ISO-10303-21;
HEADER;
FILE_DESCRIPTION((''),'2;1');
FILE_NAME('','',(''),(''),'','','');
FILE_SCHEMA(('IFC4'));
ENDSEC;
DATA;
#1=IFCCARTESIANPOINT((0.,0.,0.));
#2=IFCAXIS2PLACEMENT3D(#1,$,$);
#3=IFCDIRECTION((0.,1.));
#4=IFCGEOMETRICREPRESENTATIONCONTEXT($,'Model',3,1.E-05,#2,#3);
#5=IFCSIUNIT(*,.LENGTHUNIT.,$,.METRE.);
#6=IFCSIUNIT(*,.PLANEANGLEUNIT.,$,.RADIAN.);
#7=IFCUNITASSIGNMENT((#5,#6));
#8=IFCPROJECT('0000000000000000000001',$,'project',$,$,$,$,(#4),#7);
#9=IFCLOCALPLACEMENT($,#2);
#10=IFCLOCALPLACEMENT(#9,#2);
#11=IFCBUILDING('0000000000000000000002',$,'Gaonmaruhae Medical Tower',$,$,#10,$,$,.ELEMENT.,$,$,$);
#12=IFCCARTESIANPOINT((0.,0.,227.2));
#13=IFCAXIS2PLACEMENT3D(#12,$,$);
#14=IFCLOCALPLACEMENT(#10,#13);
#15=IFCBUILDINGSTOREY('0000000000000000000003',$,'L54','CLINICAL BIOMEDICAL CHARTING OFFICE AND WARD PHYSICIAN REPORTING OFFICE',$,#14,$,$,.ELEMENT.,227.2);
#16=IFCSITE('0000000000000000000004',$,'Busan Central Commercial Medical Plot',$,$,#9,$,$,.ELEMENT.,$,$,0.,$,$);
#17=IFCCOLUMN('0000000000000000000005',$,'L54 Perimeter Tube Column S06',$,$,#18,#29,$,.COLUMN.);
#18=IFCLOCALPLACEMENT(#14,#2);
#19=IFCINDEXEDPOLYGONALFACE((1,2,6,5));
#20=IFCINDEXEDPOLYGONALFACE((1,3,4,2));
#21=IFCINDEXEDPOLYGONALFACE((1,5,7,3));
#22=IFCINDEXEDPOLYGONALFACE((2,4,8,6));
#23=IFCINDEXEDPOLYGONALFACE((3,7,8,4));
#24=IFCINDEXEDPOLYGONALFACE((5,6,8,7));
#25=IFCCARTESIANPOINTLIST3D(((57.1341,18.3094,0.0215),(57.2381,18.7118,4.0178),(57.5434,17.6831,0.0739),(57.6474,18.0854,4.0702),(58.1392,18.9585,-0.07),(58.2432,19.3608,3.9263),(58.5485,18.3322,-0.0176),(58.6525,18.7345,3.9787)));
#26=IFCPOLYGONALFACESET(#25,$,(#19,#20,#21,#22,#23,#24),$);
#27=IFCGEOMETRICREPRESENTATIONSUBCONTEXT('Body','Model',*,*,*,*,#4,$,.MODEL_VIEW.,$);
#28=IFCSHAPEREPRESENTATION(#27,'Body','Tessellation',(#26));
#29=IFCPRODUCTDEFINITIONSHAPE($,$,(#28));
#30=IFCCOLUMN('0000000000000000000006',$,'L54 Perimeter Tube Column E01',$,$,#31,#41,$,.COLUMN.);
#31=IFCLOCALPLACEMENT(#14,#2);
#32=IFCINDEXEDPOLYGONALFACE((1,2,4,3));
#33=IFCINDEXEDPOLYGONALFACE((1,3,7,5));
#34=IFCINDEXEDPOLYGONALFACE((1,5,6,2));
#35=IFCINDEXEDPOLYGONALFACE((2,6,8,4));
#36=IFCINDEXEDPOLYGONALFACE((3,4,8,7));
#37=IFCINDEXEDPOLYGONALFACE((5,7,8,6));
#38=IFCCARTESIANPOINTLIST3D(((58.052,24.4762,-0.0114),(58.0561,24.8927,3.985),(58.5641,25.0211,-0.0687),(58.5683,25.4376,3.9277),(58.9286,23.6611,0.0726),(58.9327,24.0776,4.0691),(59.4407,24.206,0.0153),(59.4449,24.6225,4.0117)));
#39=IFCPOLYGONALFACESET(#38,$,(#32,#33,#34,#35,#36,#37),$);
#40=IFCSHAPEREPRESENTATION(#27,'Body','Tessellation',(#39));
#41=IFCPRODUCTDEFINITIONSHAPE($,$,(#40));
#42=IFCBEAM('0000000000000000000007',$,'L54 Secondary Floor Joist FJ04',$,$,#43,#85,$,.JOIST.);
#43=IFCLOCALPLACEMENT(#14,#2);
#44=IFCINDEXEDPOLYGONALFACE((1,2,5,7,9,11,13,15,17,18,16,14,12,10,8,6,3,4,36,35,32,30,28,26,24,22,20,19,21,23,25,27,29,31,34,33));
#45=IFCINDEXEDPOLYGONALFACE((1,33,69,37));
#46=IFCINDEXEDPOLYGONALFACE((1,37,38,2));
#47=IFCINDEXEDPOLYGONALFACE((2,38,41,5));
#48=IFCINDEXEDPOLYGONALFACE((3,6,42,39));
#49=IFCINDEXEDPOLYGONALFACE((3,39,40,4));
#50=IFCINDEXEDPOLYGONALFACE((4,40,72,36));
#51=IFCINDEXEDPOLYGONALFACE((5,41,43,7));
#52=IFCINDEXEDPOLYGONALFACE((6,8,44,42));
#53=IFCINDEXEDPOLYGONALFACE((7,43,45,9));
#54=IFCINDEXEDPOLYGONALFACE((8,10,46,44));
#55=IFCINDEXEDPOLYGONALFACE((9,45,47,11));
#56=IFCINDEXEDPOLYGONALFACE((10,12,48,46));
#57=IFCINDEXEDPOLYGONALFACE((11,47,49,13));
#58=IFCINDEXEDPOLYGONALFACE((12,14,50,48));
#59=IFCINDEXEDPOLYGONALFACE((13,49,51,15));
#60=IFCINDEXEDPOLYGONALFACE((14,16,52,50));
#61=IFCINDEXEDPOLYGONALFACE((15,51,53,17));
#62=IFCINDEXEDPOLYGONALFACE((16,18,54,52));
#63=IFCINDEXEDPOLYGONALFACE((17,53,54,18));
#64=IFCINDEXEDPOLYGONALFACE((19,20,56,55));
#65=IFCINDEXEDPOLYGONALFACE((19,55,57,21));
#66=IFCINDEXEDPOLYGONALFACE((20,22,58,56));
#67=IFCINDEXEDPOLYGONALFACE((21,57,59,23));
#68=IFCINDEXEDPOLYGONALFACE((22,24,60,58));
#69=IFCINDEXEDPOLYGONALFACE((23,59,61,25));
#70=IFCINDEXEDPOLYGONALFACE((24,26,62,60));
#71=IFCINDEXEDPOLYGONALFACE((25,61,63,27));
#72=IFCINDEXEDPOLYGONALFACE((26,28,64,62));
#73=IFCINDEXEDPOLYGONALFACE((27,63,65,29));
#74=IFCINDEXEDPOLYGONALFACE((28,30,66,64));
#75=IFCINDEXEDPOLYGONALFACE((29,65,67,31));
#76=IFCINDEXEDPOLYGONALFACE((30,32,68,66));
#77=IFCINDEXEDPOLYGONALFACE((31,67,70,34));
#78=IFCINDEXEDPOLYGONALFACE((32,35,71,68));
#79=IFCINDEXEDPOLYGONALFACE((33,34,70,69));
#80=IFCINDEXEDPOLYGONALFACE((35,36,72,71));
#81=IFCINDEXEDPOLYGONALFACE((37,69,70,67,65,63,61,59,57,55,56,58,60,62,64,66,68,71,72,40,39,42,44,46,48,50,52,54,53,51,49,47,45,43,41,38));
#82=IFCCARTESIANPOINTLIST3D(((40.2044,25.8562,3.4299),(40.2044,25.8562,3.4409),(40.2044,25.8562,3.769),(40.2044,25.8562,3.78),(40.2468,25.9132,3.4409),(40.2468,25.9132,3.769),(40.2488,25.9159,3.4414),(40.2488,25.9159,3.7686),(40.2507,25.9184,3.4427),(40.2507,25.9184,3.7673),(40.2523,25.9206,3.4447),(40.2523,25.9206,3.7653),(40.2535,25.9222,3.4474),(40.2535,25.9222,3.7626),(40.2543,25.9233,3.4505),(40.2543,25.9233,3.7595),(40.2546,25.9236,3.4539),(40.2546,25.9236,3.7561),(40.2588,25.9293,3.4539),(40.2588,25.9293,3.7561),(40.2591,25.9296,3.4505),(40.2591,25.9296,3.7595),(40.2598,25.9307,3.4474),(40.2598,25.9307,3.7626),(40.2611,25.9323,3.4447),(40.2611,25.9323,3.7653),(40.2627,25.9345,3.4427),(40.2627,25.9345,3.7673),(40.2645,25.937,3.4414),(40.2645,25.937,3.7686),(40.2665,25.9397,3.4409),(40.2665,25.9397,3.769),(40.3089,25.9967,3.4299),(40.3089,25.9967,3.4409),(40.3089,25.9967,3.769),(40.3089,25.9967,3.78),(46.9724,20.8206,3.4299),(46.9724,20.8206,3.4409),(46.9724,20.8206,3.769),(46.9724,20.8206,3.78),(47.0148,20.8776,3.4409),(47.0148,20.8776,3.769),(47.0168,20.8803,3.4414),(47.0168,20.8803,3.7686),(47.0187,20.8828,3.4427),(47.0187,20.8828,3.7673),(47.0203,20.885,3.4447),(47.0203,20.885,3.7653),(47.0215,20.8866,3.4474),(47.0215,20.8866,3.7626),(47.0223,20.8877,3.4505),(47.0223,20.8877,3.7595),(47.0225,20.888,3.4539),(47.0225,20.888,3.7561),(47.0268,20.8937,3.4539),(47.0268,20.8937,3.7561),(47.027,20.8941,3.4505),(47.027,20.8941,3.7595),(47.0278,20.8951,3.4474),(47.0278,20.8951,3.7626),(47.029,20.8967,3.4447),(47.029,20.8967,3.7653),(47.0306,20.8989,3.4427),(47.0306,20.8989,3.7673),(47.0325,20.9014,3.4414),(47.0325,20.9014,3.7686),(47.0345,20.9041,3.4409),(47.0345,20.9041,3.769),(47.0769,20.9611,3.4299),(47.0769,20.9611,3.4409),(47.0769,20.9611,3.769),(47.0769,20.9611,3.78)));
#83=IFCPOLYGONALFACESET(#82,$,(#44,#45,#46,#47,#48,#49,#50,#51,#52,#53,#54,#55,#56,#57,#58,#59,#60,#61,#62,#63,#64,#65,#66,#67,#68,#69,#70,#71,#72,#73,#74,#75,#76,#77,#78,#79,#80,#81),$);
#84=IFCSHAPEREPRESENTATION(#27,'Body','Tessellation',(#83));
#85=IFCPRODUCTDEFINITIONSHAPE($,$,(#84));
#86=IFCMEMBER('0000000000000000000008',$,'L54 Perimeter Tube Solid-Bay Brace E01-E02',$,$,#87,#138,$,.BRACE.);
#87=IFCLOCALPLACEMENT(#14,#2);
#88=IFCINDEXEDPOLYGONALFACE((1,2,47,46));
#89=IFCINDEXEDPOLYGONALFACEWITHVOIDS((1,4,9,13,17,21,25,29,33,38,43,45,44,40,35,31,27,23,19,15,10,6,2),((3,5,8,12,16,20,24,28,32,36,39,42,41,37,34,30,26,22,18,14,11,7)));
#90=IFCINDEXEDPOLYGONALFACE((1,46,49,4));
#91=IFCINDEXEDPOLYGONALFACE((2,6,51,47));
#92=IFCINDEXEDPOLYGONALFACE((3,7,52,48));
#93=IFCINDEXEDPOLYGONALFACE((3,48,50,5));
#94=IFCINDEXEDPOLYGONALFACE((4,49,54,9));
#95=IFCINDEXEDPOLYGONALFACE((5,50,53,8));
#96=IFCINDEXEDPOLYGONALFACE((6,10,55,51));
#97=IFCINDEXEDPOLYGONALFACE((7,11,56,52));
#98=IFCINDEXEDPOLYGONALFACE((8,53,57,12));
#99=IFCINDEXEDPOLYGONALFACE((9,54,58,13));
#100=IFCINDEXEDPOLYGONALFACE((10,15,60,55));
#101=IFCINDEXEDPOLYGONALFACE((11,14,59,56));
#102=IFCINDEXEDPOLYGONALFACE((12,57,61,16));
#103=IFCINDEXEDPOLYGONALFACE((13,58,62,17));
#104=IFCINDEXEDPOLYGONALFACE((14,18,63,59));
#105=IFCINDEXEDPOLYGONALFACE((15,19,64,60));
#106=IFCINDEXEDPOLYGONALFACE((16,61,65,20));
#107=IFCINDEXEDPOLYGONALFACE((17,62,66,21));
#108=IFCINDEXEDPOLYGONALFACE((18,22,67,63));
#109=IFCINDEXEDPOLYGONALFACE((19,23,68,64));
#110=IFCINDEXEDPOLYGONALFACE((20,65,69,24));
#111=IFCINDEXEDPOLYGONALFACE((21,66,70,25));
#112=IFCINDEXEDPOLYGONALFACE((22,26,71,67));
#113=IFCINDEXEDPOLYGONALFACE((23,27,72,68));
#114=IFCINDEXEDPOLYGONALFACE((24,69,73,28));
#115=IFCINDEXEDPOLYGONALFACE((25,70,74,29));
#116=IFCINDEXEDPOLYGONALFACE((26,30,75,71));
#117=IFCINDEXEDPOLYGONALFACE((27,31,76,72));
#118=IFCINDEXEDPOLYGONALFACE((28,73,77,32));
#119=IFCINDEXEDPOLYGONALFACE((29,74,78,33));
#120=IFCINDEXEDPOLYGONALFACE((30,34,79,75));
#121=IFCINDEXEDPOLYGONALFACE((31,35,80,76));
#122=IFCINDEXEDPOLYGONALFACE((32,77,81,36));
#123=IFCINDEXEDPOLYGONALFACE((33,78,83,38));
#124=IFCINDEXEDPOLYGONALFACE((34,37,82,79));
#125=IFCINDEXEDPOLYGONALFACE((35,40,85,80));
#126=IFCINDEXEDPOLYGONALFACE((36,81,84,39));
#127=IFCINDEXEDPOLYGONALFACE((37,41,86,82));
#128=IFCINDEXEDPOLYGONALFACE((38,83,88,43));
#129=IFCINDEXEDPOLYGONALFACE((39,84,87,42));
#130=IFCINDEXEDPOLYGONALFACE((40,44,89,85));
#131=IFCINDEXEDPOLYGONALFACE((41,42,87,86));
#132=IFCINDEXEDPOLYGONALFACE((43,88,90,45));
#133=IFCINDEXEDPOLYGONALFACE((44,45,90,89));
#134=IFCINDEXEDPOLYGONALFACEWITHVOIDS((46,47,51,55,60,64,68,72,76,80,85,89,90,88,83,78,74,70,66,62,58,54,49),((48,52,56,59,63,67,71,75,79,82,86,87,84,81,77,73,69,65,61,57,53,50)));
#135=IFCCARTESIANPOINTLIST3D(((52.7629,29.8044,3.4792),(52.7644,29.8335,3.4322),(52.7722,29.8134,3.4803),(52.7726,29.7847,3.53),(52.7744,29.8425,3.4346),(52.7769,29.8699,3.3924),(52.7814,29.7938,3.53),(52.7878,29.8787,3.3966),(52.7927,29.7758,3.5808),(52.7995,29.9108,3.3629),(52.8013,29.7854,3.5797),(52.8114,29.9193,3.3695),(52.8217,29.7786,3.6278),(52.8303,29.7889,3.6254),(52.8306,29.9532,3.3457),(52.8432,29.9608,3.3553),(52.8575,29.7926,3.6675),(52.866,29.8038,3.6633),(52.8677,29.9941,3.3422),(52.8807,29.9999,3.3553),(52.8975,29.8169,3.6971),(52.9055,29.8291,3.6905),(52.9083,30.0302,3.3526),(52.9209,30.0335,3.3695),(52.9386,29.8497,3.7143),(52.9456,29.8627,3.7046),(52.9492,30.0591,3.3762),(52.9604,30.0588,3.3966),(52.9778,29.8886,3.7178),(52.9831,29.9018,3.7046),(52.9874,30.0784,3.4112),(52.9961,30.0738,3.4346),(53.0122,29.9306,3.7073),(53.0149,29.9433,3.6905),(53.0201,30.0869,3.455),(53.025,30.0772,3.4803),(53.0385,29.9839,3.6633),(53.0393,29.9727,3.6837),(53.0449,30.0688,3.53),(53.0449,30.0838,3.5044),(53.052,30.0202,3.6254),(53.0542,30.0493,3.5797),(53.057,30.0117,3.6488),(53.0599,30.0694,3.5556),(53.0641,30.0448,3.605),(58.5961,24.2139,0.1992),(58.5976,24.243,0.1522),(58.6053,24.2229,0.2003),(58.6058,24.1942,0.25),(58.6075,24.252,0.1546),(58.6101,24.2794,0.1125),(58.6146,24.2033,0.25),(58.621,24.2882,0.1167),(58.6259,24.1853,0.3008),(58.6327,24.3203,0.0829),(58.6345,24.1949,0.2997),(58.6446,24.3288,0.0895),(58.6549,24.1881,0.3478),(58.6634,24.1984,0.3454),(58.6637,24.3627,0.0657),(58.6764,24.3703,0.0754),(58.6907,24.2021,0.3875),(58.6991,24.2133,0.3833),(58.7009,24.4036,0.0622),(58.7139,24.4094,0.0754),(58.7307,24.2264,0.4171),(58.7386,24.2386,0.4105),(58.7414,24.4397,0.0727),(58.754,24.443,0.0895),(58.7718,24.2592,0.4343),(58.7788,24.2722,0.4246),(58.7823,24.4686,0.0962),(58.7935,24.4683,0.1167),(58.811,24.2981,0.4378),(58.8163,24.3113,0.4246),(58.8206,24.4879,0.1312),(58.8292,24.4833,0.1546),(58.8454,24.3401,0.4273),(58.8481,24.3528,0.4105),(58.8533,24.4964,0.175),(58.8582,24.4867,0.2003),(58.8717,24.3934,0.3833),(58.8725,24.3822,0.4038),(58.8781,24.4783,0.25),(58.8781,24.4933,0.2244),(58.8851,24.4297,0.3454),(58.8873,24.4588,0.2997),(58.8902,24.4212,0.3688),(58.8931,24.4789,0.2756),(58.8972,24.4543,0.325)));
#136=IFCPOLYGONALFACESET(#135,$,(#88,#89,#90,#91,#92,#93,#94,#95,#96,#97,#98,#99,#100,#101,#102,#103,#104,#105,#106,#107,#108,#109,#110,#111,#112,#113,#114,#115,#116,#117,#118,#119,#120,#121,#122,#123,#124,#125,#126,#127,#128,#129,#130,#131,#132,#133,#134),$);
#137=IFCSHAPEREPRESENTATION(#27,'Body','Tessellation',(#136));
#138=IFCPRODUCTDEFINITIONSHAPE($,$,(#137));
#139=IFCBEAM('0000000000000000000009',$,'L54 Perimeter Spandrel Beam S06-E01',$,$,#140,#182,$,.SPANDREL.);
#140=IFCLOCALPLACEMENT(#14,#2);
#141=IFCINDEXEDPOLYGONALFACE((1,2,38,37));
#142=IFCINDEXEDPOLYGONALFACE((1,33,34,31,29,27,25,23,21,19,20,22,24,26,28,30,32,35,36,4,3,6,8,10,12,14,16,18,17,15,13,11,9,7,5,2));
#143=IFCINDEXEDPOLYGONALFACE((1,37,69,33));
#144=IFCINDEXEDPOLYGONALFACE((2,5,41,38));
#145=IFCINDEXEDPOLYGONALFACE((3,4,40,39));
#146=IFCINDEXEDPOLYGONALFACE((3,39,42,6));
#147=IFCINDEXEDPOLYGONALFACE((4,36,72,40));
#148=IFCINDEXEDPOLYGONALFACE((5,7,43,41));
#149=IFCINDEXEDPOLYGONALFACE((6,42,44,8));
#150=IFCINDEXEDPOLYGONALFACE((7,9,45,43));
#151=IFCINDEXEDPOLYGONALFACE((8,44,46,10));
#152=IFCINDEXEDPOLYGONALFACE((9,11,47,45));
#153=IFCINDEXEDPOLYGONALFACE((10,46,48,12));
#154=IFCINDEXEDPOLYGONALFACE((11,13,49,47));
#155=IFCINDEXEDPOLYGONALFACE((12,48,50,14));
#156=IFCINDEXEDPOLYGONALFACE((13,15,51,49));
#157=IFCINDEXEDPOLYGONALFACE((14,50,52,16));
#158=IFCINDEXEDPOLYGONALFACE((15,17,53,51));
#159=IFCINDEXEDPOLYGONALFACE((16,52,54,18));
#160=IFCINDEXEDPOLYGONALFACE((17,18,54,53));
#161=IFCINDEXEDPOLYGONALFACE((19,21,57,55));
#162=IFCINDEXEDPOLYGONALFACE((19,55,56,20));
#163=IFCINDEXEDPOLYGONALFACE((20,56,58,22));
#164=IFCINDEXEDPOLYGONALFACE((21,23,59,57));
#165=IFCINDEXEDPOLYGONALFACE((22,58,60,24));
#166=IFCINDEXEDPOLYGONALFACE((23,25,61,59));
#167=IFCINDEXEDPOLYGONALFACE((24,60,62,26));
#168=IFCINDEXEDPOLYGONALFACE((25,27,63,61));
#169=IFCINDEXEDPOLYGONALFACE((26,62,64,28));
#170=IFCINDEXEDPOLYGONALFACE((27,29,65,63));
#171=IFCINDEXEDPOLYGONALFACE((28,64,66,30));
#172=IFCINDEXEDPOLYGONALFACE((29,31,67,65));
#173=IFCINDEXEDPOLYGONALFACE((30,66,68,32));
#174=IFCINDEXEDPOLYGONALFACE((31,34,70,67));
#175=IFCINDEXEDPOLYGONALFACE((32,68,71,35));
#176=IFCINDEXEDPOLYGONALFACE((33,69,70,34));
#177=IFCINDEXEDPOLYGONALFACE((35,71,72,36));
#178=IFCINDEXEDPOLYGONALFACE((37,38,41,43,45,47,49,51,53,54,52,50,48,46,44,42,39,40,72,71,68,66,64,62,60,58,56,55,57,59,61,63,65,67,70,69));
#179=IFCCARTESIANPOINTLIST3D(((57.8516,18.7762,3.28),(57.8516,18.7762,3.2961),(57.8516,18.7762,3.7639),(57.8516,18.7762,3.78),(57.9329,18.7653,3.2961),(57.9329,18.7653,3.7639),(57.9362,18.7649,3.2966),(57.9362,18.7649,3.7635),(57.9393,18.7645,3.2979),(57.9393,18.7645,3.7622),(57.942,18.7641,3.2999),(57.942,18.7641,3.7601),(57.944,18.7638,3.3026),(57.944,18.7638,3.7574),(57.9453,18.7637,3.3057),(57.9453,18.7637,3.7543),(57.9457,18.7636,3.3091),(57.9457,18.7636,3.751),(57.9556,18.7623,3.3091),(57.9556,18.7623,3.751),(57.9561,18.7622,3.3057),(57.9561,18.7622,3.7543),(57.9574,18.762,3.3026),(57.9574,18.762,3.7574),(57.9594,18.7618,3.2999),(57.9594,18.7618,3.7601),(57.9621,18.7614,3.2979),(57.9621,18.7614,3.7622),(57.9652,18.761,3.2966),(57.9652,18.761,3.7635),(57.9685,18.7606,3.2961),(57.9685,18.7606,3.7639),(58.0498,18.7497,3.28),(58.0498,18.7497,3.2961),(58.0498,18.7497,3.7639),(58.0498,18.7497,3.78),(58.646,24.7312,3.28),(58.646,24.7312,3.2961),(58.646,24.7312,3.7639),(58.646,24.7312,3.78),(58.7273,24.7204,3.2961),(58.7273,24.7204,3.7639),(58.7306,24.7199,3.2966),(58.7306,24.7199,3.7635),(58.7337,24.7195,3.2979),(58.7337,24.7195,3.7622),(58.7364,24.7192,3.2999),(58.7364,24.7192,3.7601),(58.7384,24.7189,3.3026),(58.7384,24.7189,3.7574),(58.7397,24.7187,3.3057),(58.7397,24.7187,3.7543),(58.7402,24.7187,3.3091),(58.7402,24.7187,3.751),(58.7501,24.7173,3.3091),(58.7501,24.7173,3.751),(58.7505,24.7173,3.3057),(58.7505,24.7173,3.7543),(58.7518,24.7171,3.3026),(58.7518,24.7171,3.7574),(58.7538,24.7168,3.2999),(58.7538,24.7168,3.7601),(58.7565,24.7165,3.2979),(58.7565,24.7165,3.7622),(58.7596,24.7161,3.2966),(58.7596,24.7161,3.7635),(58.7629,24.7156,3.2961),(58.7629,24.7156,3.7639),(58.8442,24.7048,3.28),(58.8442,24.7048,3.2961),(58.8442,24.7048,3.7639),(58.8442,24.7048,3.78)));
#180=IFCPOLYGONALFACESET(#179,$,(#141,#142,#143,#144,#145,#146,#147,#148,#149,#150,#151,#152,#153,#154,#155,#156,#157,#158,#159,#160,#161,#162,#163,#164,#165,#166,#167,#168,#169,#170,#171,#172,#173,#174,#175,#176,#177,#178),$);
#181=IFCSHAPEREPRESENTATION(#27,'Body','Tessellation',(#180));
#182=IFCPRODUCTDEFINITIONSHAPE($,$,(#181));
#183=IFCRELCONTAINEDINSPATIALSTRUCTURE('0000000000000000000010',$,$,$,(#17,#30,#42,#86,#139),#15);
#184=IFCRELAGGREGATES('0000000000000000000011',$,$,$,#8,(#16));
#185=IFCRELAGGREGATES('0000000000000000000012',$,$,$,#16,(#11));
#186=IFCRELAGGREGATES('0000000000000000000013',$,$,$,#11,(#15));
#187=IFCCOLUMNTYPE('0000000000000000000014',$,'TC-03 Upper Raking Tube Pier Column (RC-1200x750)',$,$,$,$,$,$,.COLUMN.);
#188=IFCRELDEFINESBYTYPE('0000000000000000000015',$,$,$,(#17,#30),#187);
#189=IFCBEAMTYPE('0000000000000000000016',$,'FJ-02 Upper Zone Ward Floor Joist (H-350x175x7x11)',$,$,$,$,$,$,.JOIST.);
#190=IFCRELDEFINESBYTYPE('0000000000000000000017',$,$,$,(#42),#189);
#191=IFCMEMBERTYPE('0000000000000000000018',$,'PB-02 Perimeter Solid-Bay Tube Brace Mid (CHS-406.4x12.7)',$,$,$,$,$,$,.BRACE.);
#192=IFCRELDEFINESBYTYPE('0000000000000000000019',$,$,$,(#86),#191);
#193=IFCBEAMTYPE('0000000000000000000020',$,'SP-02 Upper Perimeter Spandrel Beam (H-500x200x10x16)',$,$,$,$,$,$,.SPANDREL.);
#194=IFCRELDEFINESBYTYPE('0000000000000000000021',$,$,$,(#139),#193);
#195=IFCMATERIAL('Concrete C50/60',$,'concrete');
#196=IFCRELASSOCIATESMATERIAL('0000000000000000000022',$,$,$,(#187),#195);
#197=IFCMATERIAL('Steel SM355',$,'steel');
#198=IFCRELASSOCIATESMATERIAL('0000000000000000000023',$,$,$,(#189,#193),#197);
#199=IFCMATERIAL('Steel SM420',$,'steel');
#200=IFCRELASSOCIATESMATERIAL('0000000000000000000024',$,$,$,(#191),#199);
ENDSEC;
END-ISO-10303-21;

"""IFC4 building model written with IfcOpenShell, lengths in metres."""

from ifc_helpers import new_model, si_unit, direction, frame, origin, origin_2d, place, context, subcontext, project, spatial, rectangle, hollow_circle, i_section, extrude, material, material_profile, profile_set, type_object, element, save


model = new_model("IFC4")

# Units and contexts
model_context = context("Model", 3, precision=1e-05, world=origin(), true_north=direction((0.0, 1.0)))
body_context = subcontext(model_context, "Body", "Model", "MODEL_VIEW")
ifc_project = project(units=[si_unit("LENGTHUNIT", "METRE"), si_unit("PLANEANGLEUNIT", "RADIAN")], contexts=[model_context])

# Site, building, storey
site_placement = place(None, origin())
site = spatial("IfcSite", under=ifc_project, at=site_placement, Name="Busan Central Commercial Medical Plot", CompositionType="ELEMENT", RefElevation=0.0)
building_placement = place(site_placement, origin())
building = spatial("IfcBuilding", under=site, at=building_placement, Name="Gaonmaruhae Medical Tower", CompositionType="ELEMENT")
storey_placement = place(building_placement, frame((0.0, 0.0, 227.2)))
storey = spatial("IfcBuildingStorey", under=building, at=storey_placement, Name="L54", Description="CLINICAL BIOMEDICAL CHARTING OFFICE AND WARD PHYSICIAN REPORTING OFFICE", CompositionType="ELEMENT", Elevation=227.2)

# Columns
ifc_material_1 = material(Name="Concrete C50/60", Category="concrete")
ifc_material_profile_1 = material_profile(ifc_material_1, rectangle(XDim=1.2, YDim=0.75, at=origin_2d()), Name="RC-1200x750")
ifc_profile_set_1 = profile_set([ifc_material_profile_1], Name="Concrete C50/60")
column_type = type_object("IfcColumnType", Name="TC-03 Upper Raking Tube Pier Column (RC-1200x750)", PredefinedType="COLUMN", material=ifc_profile_set_1)
column_1_placement = place(storey_placement, frame((57.8413, 18.3208, 0.002), z_axis=(0.025885, 0.100138, 0.994637), x_axis=(-0.837618, -0.540907, 0.076256)))
element("IfcColumn", 1, at=column_1_placement, inside=storey, type_object=column_type, Name="L54 Perimeter Tube Column S06", PredefinedType="COLUMN", context=body_context, shape_type="SweptSolid", body=[
    extrude(rectangle(XDim=1.2, YDim=0.75, at=origin_2d()), origin(), (0.0, 0.0, 1.0), 4.0178),
])
column_2_placement = place(storey_placement, frame((58.7463, 24.3411, 0.002), z_axis=(0.001033, 0.10366, 0.994612), x_axis=(0.730545, -0.679263, 0.070035)))
element("IfcColumn", 2, at=column_2_placement, inside=storey, type_object=column_type, Name="L54 Perimeter Tube Column E01", PredefinedType="COLUMN", context=body_context, shape_type="SweptSolid", body=[
    extrude(rectangle(XDim=1.2, YDim=0.75, at=origin_2d()), origin(), (0.0, 0.0, 1.0), 4.0181),
])

# Beam
ifc_material_2 = material(Name="Steel SM355", Category="steel")
ifc_material_profile_2 = material_profile(ifc_material_2, i_section(OverallWidth=0.175, OverallDepth=0.3501, WebThickness=0.0071, FlangeThickness=0.011, FilletRadius=0.0129, at=origin_2d()), Name="H-350x175x7x11")
ifc_profile_set_2 = profile_set([ifc_material_profile_2], Name="Steel SM355")
beam_type_1 = type_object("IfcBeamType", Name="FJ-02 Upper Zone Ward Floor Joist (H-350x175x7x11)", PredefinedType="JOIST", material=ifc_profile_set_2)
beam_1_placement = place(storey_placement, frame((47.0247, 20.8909, 3.605), z_axis=(-0.802293, 0.59693, 0.0), x_axis=(-0.59693, -0.802293, 0.0)))
element("IfcBeam", 3, at=beam_1_placement, inside=storey, type_object=beam_type_1, Name="L54 Secondary Floor Joist FJ04", PredefinedType="JOIST", context=body_context, shape_type="SweptSolid", body=[
    extrude(i_section(OverallWidth=0.175, OverallDepth=0.3501, WebThickness=0.0071, FlangeThickness=0.011, FilletRadius=0.0129, at=origin_2d()), origin(), (0.0, 0.0, 1.0), 8.4358),
])

# Member
ifc_material_3 = material(Name="Steel SM420", Category="steel")
ifc_material_profile_3 = material_profile(ifc_material_3, hollow_circle(Radius=0.2031, WallThickness=0.0127, at=origin_2d()), Name="CHS-406.4x12.7")
ifc_profile_set_3 = profile_set([ifc_material_profile_3], Name="Steel SM420")
member_type = type_object("IfcMemberType", Name="PB-02 Perimeter Solid-Bay Tube Brace Mid (CHS-406.4x12.7)", PredefinedType="BRACE", material=ifc_profile_set_3)
member_placement = place(storey_placement, frame((58.7463, 24.3408, 0.25), z_axis=(-0.668944, 0.641115, 0.376146), x_axis=(-0.69193, -0.721965, 0.0)))
element("IfcMember", 4, at=member_placement, inside=storey, type_object=member_type, Name="L54 Perimeter Tube Solid-Bay Brace E01-E02", PredefinedType="BRACE", context=body_context, shape_type="SweptSolid", body=[
    extrude(hollow_circle(Radius=0.2031, WallThickness=0.0127, at=origin_2d()), origin(), (0.0, 0.0, 1.0), 8.72),
])

# Beam
ifc_material_profile_4 = material_profile(ifc_material_2, i_section(OverallWidth=0.2, OverallDepth=0.5, WebThickness=0.01, FlangeThickness=0.0161, FilletRadius=0.0129, at=origin_2d()), Name="H-500x200x10x16")
ifc_profile_set_4 = profile_set([ifc_material_profile_4], Name="Steel SM355")
beam_type_2 = type_object("IfcBeamType", Name="SP-02 Upper Perimeter Spandrel Beam (H-500x200x10x16)", PredefinedType="SPANDREL", material=ifc_profile_set_4)
beam_2_placement = place(storey_placement, frame((57.9507, 18.7629, 3.53), z_axis=(0.132233, 0.991219, 0.0), x_axis=(-0.991219, 0.132233, 0.0)))
element("IfcBeam", 5, at=beam_2_placement, inside=storey, type_object=beam_type_2, Name="L54 Perimeter Spandrel Beam S06-E01", PredefinedType="SPANDREL", context=body_context, shape_type="SweptSolid", body=[
    extrude(i_section(OverallWidth=0.2, OverallDepth=0.5, WebThickness=0.01, FlangeThickness=0.0161, FilletRadius=0.0129, at=origin_2d()), origin(), (0.0, 0.0, 1.0), 6.0078),
])

save(model, "model.ifc")
